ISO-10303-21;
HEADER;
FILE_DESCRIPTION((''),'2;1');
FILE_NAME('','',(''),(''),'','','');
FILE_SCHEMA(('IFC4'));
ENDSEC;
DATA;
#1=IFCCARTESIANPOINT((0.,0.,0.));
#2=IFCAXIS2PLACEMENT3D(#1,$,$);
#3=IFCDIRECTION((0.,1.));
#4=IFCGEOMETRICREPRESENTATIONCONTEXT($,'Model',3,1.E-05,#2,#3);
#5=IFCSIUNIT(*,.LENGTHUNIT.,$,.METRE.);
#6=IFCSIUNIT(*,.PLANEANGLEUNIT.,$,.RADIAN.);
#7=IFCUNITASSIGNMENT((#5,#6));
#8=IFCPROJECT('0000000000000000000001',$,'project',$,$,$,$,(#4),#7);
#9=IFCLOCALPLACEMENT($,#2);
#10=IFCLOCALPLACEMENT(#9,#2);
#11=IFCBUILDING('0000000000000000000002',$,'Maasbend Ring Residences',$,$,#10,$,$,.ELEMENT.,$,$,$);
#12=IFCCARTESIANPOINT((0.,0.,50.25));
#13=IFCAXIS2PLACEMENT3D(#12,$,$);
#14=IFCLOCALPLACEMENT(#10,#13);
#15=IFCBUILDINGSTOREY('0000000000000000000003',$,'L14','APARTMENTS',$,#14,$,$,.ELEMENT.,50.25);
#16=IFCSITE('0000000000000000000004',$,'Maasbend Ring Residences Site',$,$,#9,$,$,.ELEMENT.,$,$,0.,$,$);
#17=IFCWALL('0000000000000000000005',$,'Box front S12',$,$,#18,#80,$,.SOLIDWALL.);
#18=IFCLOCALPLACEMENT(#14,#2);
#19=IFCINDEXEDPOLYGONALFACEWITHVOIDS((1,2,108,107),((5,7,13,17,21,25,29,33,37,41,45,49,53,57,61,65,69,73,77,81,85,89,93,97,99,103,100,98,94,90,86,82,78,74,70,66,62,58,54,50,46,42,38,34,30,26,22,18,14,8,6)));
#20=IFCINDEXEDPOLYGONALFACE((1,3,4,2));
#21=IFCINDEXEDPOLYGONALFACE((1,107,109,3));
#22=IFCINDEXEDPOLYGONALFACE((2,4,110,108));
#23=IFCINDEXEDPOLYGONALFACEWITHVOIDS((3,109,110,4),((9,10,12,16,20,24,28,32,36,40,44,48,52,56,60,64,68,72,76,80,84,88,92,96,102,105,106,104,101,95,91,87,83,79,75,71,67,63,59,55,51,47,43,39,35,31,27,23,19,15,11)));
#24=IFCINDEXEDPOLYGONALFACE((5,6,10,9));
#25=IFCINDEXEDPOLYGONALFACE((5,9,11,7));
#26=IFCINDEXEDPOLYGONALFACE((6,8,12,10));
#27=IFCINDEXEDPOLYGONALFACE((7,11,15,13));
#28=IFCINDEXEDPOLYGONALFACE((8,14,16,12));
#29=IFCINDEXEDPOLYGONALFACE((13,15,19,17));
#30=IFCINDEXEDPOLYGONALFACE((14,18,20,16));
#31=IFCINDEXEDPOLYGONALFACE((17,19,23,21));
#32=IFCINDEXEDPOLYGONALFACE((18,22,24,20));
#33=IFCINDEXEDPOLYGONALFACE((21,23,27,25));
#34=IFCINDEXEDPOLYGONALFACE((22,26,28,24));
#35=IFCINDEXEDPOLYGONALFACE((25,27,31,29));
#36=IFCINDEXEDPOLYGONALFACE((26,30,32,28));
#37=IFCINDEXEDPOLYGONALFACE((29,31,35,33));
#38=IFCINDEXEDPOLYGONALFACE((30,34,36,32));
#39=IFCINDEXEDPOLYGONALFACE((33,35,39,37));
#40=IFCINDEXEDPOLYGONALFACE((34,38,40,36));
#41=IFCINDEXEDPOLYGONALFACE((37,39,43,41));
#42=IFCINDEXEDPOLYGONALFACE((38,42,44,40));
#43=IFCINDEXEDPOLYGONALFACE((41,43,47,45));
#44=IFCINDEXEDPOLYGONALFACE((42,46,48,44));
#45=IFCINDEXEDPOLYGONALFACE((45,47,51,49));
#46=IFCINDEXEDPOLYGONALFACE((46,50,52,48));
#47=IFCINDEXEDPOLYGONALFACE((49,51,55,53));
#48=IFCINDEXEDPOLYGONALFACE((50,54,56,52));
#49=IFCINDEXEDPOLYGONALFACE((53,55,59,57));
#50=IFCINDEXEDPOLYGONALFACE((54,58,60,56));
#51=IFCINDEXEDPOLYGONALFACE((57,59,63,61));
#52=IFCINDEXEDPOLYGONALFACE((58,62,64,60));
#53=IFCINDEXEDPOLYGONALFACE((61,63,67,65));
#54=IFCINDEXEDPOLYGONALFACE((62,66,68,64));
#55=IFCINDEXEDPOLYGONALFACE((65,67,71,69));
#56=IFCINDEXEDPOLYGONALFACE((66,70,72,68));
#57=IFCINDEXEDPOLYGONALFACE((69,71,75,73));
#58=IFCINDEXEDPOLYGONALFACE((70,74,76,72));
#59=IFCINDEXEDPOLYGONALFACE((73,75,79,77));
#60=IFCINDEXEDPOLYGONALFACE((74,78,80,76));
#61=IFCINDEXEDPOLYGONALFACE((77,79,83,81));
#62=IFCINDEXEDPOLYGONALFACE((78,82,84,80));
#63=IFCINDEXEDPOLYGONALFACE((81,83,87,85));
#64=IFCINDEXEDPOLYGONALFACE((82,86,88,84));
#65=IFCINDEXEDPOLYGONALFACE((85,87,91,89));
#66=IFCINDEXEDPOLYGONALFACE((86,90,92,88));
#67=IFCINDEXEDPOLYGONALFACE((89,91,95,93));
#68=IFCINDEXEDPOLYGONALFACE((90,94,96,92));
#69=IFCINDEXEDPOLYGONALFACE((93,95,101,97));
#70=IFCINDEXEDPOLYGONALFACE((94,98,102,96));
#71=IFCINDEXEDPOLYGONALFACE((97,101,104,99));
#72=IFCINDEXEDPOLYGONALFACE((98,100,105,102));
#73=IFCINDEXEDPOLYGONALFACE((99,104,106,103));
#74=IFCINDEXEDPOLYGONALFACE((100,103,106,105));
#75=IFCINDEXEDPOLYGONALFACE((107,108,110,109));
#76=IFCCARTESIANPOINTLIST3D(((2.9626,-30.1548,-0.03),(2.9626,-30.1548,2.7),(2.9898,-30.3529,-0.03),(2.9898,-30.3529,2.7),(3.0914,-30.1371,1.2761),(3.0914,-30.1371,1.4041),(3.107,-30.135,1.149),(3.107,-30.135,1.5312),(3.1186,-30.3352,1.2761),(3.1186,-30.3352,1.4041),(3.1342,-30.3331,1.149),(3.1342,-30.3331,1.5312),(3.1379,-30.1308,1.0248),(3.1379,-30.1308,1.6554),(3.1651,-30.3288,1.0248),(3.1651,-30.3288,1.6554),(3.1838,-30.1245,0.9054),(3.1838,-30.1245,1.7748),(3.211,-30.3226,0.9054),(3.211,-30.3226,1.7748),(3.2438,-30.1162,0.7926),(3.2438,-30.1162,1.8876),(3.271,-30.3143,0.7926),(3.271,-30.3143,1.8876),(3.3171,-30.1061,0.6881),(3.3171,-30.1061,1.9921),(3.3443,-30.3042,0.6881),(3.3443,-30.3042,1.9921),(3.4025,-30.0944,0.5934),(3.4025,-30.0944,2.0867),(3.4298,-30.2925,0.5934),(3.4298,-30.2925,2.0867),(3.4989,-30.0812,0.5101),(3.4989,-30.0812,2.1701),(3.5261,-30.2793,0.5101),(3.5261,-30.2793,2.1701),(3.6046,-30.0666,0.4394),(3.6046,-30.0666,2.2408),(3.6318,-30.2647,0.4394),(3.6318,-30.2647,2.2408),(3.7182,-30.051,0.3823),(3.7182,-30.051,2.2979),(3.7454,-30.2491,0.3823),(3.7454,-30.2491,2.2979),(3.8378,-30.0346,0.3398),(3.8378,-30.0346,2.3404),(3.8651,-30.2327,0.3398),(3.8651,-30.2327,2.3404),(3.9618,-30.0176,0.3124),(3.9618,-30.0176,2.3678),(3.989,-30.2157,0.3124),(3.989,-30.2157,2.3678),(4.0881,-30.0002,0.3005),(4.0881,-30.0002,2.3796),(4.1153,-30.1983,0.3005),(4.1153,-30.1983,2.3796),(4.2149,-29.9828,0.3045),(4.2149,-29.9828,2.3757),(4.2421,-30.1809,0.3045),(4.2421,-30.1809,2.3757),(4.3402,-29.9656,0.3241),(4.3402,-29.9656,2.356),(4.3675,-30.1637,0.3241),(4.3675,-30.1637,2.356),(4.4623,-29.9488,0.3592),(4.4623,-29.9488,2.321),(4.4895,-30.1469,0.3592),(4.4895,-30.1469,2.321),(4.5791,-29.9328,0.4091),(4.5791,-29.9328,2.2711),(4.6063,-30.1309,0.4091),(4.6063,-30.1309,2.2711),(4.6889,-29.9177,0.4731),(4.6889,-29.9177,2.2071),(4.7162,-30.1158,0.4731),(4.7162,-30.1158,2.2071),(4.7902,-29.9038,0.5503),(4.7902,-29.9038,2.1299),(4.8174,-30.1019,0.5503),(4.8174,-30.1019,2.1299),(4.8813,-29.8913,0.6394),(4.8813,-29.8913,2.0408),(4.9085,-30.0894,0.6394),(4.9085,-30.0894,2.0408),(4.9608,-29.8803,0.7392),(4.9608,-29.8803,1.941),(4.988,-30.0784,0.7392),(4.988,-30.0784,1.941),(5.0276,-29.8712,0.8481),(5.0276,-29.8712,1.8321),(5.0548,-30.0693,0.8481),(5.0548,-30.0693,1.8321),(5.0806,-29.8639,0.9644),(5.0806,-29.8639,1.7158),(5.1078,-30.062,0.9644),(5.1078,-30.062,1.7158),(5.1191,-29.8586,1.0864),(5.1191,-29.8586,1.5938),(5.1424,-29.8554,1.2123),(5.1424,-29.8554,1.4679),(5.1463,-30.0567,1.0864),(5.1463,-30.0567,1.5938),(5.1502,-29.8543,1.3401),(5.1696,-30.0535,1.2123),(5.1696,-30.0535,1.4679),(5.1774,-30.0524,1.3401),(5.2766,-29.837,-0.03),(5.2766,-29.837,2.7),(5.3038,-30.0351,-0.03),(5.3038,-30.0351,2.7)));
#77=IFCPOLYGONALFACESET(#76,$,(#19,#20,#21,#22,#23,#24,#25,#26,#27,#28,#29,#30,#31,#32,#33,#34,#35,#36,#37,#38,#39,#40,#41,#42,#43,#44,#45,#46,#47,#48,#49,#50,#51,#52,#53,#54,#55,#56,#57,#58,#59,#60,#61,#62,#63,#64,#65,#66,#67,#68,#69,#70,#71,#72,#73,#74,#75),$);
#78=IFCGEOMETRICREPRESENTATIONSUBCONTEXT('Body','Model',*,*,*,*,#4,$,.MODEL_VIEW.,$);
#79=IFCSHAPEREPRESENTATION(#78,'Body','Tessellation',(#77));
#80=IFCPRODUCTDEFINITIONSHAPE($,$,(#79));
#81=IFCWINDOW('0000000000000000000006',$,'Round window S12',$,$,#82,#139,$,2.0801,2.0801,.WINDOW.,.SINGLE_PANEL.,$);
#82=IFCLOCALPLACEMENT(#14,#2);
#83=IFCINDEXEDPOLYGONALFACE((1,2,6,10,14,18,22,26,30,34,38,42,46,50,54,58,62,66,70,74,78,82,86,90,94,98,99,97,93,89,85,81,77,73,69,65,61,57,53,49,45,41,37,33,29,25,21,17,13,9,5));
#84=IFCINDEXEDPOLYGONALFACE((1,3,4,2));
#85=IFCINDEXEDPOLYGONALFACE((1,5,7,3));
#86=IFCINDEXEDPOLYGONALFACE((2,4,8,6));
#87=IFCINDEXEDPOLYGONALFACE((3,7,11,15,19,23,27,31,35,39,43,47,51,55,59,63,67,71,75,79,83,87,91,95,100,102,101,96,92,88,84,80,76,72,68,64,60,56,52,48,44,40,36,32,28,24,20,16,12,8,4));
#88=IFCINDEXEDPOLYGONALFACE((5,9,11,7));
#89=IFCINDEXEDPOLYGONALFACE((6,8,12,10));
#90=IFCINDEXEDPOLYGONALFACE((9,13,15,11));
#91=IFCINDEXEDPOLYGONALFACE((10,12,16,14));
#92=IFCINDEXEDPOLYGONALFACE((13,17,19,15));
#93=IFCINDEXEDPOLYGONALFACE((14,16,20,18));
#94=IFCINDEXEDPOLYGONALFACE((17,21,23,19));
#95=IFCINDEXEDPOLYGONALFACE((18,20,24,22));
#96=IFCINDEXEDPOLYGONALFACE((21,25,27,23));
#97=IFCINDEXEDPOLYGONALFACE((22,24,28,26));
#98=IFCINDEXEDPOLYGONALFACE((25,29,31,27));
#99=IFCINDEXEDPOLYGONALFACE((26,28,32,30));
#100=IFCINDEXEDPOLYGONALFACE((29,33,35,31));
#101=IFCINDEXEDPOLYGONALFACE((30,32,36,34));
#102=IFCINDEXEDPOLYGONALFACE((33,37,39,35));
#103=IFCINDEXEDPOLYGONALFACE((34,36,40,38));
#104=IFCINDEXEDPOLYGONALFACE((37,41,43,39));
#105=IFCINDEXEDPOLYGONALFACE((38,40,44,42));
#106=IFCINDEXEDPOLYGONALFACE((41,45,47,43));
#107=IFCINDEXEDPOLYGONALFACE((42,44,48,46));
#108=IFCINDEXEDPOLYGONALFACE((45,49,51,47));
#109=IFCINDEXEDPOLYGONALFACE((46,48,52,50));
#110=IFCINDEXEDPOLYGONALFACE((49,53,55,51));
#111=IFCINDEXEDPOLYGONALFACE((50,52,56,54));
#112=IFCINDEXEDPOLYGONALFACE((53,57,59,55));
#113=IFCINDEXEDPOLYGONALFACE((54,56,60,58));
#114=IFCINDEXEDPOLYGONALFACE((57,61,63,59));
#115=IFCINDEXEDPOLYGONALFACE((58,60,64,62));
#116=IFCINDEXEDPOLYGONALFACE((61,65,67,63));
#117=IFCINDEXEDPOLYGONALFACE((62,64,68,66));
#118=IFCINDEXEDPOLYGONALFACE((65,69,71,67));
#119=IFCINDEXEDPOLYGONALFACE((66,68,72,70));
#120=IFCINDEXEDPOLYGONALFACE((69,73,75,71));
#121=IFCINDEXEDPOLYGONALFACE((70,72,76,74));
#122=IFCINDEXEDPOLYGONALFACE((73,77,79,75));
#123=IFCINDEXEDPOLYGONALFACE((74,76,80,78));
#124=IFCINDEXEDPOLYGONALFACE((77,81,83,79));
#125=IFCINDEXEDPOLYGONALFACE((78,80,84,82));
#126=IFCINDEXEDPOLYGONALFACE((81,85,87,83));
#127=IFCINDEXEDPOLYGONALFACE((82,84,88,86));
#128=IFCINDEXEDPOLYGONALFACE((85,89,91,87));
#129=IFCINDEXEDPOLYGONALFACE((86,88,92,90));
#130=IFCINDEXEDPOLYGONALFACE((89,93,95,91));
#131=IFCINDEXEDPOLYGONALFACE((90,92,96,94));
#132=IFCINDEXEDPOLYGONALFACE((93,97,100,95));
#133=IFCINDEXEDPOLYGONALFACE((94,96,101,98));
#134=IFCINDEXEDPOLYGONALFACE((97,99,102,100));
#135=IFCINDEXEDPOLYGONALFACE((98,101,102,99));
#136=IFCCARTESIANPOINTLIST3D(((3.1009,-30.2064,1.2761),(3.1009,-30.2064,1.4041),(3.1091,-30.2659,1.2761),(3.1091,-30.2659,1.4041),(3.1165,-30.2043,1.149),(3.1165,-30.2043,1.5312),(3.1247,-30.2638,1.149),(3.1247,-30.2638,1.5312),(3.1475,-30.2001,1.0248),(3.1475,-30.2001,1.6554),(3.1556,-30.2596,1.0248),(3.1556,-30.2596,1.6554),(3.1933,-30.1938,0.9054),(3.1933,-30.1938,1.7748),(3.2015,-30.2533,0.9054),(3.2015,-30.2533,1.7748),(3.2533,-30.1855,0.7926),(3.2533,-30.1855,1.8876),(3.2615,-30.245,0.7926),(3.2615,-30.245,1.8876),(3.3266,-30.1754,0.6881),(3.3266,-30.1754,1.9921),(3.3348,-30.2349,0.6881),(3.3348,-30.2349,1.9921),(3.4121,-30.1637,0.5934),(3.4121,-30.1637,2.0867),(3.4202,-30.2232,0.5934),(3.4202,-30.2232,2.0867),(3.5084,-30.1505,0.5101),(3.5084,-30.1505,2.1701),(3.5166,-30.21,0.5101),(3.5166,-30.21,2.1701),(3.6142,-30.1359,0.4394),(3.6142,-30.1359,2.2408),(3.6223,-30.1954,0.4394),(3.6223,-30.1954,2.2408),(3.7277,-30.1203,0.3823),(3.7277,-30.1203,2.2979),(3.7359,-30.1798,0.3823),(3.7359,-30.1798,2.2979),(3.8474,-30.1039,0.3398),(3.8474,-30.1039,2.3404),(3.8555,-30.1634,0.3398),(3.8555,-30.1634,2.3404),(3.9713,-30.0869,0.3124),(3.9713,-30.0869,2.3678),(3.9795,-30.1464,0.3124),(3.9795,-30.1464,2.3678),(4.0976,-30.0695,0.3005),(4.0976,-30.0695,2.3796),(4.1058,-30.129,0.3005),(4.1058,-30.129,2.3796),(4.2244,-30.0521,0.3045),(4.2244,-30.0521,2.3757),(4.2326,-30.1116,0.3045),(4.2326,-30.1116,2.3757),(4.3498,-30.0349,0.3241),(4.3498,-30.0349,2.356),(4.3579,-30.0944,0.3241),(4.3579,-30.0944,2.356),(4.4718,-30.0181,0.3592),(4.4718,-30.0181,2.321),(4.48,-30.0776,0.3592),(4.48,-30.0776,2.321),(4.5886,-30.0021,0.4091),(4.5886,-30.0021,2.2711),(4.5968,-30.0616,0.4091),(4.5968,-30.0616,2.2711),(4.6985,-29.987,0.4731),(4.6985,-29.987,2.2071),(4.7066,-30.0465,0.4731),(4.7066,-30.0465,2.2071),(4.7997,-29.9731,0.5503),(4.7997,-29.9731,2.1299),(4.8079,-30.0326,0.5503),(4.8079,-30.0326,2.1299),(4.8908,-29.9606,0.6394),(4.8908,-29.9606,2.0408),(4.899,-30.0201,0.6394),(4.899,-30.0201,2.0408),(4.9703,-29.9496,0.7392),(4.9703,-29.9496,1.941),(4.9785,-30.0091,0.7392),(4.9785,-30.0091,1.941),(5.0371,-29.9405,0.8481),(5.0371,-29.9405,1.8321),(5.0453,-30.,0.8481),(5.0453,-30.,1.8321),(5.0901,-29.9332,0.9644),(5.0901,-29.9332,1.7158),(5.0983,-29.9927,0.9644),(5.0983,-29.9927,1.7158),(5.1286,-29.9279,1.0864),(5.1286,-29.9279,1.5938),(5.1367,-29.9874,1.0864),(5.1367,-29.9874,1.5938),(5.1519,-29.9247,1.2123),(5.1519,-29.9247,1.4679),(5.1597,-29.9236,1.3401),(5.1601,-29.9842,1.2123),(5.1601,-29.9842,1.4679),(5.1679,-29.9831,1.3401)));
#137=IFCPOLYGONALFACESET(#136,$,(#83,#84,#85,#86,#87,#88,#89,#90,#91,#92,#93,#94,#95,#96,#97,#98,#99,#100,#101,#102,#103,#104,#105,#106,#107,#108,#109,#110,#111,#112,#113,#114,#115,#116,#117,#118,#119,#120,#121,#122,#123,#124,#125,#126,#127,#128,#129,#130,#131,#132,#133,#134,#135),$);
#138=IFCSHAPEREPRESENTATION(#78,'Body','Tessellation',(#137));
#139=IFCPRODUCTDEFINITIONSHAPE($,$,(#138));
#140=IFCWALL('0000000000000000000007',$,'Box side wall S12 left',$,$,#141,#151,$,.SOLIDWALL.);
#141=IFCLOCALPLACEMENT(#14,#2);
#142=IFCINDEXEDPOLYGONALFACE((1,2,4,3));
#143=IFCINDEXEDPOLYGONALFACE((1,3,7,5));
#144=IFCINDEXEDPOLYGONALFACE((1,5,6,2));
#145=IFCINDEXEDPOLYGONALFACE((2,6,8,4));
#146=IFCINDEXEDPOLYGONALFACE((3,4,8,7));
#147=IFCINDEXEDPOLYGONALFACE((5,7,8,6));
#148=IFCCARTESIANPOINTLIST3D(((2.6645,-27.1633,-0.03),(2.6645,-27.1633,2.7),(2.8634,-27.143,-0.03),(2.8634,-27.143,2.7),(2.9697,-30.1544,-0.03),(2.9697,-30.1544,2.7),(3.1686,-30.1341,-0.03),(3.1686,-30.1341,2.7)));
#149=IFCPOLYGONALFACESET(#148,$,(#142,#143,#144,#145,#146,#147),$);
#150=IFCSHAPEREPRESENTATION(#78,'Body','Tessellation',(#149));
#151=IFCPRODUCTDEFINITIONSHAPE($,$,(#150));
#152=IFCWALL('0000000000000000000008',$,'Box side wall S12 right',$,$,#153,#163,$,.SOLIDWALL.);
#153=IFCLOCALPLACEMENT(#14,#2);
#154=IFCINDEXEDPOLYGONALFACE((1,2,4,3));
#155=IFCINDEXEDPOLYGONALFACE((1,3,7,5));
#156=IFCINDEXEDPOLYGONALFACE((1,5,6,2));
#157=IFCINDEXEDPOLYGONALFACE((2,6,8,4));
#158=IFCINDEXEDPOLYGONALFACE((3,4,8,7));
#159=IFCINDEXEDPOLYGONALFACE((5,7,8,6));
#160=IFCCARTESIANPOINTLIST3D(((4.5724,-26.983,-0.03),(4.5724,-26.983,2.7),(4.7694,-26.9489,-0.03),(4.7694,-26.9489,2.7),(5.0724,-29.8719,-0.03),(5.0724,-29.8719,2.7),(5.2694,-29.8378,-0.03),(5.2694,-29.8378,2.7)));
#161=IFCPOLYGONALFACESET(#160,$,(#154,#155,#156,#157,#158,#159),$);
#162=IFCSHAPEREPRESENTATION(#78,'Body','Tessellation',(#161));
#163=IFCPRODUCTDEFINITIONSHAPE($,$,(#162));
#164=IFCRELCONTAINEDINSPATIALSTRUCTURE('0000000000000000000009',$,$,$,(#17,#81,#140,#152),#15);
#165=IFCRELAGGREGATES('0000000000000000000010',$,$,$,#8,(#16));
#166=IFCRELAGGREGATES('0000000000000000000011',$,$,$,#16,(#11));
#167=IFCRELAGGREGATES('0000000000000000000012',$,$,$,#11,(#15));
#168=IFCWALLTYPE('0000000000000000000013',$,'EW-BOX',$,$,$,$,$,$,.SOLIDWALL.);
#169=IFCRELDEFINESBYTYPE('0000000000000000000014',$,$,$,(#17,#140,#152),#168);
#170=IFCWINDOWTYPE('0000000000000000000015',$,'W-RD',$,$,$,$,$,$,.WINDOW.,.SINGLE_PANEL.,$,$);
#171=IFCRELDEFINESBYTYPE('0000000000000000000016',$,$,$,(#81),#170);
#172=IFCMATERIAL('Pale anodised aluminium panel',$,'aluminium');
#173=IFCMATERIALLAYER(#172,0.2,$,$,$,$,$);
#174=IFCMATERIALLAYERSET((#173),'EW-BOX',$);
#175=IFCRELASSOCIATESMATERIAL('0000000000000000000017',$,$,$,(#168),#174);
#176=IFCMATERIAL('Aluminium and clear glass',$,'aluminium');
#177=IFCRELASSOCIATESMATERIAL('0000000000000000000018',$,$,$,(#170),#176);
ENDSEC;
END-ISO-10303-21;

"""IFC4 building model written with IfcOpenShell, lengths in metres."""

from ifc_helpers import new_model, si_unit, direction, frame, frame_2d, origin, place, context, subcontext, project, spatial, rectangle, circle, extrude, material, layer, layer_set, type_object, element, fill, save


model = new_model("IFC4")

# Units and contexts
model_context = context("Model", 3, precision=1e-05, world=origin(), true_north=direction((0.0, 1.0)))
body_context = subcontext(model_context, "Body", "Model", "MODEL_VIEW")
ifc_project = project(units=[si_unit("LENGTHUNIT", "METRE"), si_unit("PLANEANGLEUNIT", "RADIAN")], contexts=[model_context])

# Site, building, storey
site_placement = place(None, origin())
site = spatial("IfcSite", under=ifc_project, at=site_placement, Name="Maasbend Ring Residences Site", CompositionType="ELEMENT", RefElevation=0.0)
building_placement = place(site_placement, origin())
building = spatial("IfcBuilding", under=site, at=building_placement, Name="Maasbend Ring Residences", CompositionType="ELEMENT")
storey_placement = place(building_placement, frame((0.0, 0.0, 50.25)))
storey = spatial("IfcBuildingStorey", under=building, at=storey_placement, Name="L14", Description="APARTMENTS", CompositionType="ELEMENT", Elevation=50.25)

# Wall, opening, window
ifc_material_1 = material(Name="Pale anodised aluminium panel", Category="aluminium")
ifc_layer_1 = layer(ifc_material_1, 0.2)
ifc_layer_set_1 = layer_set([ifc_layer_1], Name="EW-BOX")
wall_type_1 = type_object("IfcWallType", Name="EW-BOX", PredefinedType="SOLIDWALL", material=ifc_layer_set_1)
wall_1_placement = place(storey_placement, frame((2.9761, -30.2539, -0.03), z_axis=(0.0, 0.0, 1.0), x_axis=(0.990696, 0.136093, 0.0)))
wall_1 = element("IfcWall", 1, at=wall_1_placement, inside=storey, type_object=wall_type_1, Name="Box front S12", PredefinedType="SOLIDWALL", context=body_context, shape_type="SweptSolid", body=[
    extrude(rectangle(XDim=2.3357, YDim=0.2, at=frame_2d((1.168, 0.0))), origin(), (0.0, 0.0, 1.0), 2.73),
])
opening_1_placement = place(wall_1_placement, frame((0.1282, 0.0, 0.3301)))
opening_1 = element("IfcOpeningElement", 2, at=opening_1_placement, cuts=wall_1, PredefinedType="OPENING", context=body_context, shape_type="SweptSolid", body=[
    extrude(circle(Radius=1.04, at=frame_2d((1.04, 1.04))), frame((0.0, 0.1099, 0.0), z_axis=(0.0, -1.0, 0.0), x_axis=(1.0, 0.0, 0.0)), (0.0, 0.0, 1.0), 0.22),
])
ifc_material_2 = material(Name="Aluminium and clear glass", Category="aluminium")
window_type_1 = type_object("IfcWindowType", Name="W-RD", PartitioningType="SINGLE_PANEL", PredefinedType="WINDOW", material=ifc_material_2)
window_1_placement = place(opening_1_placement, origin())
window_1 = element("IfcWindow", 3, at=window_1_placement, inside=storey, type_object=window_type_1, Name="Round window S12", OverallHeight=2.0801, OverallWidth=2.0801, PartitioningType="SINGLE_PANEL", PredefinedType="WINDOW", context=body_context, shape_type="SweptSolid", body=[
    extrude(circle(Radius=1.04, at=frame_2d((1.04, 1.04))), frame((0.0, 0.03, 0.0), z_axis=(0.0, -1.0, 0.0), x_axis=(1.0, 0.0, 0.0)), (0.0, 0.0, 1.0), 0.0601),
])
fill(opening_1, window_1)

# Walls
wall_2_placement = place(storey_placement, frame((2.7639, -27.1531, -0.03), z_axis=(0.0, 0.0, 1.0), x_axis=(0.101505, -0.994835, 0.0)))
element("IfcWall", 4, at=wall_2_placement, inside=storey, type_object=wall_type_1, Name="Box side wall S12 left", PredefinedType="SOLIDWALL", context=body_context, shape_type="SweptSolid", body=[
    extrude(rectangle(XDim=3.0066, YDim=0.2, at=frame_2d((1.5034, 0.0))), origin(), (0.0, 0.0, 1.0), 2.73),
])
wall_3_placement = place(storey_placement, frame((4.6709, -26.9661, -0.03), z_axis=(0.0, 0.0, 1.0), x_axis=(0.17054, -0.985351, 0.0)))
element("IfcWall", 5, at=wall_3_placement, inside=storey, type_object=wall_type_1, Name="Box side wall S12 right", PredefinedType="SOLIDWALL", context=body_context, shape_type="SweptSolid", body=[
    extrude(rectangle(XDim=2.9319, YDim=0.2, at=frame_2d((1.4658, 0.0))), origin(), (0.0, 0.0, 1.0), 2.73),
])

save(model, "model.ifc")
